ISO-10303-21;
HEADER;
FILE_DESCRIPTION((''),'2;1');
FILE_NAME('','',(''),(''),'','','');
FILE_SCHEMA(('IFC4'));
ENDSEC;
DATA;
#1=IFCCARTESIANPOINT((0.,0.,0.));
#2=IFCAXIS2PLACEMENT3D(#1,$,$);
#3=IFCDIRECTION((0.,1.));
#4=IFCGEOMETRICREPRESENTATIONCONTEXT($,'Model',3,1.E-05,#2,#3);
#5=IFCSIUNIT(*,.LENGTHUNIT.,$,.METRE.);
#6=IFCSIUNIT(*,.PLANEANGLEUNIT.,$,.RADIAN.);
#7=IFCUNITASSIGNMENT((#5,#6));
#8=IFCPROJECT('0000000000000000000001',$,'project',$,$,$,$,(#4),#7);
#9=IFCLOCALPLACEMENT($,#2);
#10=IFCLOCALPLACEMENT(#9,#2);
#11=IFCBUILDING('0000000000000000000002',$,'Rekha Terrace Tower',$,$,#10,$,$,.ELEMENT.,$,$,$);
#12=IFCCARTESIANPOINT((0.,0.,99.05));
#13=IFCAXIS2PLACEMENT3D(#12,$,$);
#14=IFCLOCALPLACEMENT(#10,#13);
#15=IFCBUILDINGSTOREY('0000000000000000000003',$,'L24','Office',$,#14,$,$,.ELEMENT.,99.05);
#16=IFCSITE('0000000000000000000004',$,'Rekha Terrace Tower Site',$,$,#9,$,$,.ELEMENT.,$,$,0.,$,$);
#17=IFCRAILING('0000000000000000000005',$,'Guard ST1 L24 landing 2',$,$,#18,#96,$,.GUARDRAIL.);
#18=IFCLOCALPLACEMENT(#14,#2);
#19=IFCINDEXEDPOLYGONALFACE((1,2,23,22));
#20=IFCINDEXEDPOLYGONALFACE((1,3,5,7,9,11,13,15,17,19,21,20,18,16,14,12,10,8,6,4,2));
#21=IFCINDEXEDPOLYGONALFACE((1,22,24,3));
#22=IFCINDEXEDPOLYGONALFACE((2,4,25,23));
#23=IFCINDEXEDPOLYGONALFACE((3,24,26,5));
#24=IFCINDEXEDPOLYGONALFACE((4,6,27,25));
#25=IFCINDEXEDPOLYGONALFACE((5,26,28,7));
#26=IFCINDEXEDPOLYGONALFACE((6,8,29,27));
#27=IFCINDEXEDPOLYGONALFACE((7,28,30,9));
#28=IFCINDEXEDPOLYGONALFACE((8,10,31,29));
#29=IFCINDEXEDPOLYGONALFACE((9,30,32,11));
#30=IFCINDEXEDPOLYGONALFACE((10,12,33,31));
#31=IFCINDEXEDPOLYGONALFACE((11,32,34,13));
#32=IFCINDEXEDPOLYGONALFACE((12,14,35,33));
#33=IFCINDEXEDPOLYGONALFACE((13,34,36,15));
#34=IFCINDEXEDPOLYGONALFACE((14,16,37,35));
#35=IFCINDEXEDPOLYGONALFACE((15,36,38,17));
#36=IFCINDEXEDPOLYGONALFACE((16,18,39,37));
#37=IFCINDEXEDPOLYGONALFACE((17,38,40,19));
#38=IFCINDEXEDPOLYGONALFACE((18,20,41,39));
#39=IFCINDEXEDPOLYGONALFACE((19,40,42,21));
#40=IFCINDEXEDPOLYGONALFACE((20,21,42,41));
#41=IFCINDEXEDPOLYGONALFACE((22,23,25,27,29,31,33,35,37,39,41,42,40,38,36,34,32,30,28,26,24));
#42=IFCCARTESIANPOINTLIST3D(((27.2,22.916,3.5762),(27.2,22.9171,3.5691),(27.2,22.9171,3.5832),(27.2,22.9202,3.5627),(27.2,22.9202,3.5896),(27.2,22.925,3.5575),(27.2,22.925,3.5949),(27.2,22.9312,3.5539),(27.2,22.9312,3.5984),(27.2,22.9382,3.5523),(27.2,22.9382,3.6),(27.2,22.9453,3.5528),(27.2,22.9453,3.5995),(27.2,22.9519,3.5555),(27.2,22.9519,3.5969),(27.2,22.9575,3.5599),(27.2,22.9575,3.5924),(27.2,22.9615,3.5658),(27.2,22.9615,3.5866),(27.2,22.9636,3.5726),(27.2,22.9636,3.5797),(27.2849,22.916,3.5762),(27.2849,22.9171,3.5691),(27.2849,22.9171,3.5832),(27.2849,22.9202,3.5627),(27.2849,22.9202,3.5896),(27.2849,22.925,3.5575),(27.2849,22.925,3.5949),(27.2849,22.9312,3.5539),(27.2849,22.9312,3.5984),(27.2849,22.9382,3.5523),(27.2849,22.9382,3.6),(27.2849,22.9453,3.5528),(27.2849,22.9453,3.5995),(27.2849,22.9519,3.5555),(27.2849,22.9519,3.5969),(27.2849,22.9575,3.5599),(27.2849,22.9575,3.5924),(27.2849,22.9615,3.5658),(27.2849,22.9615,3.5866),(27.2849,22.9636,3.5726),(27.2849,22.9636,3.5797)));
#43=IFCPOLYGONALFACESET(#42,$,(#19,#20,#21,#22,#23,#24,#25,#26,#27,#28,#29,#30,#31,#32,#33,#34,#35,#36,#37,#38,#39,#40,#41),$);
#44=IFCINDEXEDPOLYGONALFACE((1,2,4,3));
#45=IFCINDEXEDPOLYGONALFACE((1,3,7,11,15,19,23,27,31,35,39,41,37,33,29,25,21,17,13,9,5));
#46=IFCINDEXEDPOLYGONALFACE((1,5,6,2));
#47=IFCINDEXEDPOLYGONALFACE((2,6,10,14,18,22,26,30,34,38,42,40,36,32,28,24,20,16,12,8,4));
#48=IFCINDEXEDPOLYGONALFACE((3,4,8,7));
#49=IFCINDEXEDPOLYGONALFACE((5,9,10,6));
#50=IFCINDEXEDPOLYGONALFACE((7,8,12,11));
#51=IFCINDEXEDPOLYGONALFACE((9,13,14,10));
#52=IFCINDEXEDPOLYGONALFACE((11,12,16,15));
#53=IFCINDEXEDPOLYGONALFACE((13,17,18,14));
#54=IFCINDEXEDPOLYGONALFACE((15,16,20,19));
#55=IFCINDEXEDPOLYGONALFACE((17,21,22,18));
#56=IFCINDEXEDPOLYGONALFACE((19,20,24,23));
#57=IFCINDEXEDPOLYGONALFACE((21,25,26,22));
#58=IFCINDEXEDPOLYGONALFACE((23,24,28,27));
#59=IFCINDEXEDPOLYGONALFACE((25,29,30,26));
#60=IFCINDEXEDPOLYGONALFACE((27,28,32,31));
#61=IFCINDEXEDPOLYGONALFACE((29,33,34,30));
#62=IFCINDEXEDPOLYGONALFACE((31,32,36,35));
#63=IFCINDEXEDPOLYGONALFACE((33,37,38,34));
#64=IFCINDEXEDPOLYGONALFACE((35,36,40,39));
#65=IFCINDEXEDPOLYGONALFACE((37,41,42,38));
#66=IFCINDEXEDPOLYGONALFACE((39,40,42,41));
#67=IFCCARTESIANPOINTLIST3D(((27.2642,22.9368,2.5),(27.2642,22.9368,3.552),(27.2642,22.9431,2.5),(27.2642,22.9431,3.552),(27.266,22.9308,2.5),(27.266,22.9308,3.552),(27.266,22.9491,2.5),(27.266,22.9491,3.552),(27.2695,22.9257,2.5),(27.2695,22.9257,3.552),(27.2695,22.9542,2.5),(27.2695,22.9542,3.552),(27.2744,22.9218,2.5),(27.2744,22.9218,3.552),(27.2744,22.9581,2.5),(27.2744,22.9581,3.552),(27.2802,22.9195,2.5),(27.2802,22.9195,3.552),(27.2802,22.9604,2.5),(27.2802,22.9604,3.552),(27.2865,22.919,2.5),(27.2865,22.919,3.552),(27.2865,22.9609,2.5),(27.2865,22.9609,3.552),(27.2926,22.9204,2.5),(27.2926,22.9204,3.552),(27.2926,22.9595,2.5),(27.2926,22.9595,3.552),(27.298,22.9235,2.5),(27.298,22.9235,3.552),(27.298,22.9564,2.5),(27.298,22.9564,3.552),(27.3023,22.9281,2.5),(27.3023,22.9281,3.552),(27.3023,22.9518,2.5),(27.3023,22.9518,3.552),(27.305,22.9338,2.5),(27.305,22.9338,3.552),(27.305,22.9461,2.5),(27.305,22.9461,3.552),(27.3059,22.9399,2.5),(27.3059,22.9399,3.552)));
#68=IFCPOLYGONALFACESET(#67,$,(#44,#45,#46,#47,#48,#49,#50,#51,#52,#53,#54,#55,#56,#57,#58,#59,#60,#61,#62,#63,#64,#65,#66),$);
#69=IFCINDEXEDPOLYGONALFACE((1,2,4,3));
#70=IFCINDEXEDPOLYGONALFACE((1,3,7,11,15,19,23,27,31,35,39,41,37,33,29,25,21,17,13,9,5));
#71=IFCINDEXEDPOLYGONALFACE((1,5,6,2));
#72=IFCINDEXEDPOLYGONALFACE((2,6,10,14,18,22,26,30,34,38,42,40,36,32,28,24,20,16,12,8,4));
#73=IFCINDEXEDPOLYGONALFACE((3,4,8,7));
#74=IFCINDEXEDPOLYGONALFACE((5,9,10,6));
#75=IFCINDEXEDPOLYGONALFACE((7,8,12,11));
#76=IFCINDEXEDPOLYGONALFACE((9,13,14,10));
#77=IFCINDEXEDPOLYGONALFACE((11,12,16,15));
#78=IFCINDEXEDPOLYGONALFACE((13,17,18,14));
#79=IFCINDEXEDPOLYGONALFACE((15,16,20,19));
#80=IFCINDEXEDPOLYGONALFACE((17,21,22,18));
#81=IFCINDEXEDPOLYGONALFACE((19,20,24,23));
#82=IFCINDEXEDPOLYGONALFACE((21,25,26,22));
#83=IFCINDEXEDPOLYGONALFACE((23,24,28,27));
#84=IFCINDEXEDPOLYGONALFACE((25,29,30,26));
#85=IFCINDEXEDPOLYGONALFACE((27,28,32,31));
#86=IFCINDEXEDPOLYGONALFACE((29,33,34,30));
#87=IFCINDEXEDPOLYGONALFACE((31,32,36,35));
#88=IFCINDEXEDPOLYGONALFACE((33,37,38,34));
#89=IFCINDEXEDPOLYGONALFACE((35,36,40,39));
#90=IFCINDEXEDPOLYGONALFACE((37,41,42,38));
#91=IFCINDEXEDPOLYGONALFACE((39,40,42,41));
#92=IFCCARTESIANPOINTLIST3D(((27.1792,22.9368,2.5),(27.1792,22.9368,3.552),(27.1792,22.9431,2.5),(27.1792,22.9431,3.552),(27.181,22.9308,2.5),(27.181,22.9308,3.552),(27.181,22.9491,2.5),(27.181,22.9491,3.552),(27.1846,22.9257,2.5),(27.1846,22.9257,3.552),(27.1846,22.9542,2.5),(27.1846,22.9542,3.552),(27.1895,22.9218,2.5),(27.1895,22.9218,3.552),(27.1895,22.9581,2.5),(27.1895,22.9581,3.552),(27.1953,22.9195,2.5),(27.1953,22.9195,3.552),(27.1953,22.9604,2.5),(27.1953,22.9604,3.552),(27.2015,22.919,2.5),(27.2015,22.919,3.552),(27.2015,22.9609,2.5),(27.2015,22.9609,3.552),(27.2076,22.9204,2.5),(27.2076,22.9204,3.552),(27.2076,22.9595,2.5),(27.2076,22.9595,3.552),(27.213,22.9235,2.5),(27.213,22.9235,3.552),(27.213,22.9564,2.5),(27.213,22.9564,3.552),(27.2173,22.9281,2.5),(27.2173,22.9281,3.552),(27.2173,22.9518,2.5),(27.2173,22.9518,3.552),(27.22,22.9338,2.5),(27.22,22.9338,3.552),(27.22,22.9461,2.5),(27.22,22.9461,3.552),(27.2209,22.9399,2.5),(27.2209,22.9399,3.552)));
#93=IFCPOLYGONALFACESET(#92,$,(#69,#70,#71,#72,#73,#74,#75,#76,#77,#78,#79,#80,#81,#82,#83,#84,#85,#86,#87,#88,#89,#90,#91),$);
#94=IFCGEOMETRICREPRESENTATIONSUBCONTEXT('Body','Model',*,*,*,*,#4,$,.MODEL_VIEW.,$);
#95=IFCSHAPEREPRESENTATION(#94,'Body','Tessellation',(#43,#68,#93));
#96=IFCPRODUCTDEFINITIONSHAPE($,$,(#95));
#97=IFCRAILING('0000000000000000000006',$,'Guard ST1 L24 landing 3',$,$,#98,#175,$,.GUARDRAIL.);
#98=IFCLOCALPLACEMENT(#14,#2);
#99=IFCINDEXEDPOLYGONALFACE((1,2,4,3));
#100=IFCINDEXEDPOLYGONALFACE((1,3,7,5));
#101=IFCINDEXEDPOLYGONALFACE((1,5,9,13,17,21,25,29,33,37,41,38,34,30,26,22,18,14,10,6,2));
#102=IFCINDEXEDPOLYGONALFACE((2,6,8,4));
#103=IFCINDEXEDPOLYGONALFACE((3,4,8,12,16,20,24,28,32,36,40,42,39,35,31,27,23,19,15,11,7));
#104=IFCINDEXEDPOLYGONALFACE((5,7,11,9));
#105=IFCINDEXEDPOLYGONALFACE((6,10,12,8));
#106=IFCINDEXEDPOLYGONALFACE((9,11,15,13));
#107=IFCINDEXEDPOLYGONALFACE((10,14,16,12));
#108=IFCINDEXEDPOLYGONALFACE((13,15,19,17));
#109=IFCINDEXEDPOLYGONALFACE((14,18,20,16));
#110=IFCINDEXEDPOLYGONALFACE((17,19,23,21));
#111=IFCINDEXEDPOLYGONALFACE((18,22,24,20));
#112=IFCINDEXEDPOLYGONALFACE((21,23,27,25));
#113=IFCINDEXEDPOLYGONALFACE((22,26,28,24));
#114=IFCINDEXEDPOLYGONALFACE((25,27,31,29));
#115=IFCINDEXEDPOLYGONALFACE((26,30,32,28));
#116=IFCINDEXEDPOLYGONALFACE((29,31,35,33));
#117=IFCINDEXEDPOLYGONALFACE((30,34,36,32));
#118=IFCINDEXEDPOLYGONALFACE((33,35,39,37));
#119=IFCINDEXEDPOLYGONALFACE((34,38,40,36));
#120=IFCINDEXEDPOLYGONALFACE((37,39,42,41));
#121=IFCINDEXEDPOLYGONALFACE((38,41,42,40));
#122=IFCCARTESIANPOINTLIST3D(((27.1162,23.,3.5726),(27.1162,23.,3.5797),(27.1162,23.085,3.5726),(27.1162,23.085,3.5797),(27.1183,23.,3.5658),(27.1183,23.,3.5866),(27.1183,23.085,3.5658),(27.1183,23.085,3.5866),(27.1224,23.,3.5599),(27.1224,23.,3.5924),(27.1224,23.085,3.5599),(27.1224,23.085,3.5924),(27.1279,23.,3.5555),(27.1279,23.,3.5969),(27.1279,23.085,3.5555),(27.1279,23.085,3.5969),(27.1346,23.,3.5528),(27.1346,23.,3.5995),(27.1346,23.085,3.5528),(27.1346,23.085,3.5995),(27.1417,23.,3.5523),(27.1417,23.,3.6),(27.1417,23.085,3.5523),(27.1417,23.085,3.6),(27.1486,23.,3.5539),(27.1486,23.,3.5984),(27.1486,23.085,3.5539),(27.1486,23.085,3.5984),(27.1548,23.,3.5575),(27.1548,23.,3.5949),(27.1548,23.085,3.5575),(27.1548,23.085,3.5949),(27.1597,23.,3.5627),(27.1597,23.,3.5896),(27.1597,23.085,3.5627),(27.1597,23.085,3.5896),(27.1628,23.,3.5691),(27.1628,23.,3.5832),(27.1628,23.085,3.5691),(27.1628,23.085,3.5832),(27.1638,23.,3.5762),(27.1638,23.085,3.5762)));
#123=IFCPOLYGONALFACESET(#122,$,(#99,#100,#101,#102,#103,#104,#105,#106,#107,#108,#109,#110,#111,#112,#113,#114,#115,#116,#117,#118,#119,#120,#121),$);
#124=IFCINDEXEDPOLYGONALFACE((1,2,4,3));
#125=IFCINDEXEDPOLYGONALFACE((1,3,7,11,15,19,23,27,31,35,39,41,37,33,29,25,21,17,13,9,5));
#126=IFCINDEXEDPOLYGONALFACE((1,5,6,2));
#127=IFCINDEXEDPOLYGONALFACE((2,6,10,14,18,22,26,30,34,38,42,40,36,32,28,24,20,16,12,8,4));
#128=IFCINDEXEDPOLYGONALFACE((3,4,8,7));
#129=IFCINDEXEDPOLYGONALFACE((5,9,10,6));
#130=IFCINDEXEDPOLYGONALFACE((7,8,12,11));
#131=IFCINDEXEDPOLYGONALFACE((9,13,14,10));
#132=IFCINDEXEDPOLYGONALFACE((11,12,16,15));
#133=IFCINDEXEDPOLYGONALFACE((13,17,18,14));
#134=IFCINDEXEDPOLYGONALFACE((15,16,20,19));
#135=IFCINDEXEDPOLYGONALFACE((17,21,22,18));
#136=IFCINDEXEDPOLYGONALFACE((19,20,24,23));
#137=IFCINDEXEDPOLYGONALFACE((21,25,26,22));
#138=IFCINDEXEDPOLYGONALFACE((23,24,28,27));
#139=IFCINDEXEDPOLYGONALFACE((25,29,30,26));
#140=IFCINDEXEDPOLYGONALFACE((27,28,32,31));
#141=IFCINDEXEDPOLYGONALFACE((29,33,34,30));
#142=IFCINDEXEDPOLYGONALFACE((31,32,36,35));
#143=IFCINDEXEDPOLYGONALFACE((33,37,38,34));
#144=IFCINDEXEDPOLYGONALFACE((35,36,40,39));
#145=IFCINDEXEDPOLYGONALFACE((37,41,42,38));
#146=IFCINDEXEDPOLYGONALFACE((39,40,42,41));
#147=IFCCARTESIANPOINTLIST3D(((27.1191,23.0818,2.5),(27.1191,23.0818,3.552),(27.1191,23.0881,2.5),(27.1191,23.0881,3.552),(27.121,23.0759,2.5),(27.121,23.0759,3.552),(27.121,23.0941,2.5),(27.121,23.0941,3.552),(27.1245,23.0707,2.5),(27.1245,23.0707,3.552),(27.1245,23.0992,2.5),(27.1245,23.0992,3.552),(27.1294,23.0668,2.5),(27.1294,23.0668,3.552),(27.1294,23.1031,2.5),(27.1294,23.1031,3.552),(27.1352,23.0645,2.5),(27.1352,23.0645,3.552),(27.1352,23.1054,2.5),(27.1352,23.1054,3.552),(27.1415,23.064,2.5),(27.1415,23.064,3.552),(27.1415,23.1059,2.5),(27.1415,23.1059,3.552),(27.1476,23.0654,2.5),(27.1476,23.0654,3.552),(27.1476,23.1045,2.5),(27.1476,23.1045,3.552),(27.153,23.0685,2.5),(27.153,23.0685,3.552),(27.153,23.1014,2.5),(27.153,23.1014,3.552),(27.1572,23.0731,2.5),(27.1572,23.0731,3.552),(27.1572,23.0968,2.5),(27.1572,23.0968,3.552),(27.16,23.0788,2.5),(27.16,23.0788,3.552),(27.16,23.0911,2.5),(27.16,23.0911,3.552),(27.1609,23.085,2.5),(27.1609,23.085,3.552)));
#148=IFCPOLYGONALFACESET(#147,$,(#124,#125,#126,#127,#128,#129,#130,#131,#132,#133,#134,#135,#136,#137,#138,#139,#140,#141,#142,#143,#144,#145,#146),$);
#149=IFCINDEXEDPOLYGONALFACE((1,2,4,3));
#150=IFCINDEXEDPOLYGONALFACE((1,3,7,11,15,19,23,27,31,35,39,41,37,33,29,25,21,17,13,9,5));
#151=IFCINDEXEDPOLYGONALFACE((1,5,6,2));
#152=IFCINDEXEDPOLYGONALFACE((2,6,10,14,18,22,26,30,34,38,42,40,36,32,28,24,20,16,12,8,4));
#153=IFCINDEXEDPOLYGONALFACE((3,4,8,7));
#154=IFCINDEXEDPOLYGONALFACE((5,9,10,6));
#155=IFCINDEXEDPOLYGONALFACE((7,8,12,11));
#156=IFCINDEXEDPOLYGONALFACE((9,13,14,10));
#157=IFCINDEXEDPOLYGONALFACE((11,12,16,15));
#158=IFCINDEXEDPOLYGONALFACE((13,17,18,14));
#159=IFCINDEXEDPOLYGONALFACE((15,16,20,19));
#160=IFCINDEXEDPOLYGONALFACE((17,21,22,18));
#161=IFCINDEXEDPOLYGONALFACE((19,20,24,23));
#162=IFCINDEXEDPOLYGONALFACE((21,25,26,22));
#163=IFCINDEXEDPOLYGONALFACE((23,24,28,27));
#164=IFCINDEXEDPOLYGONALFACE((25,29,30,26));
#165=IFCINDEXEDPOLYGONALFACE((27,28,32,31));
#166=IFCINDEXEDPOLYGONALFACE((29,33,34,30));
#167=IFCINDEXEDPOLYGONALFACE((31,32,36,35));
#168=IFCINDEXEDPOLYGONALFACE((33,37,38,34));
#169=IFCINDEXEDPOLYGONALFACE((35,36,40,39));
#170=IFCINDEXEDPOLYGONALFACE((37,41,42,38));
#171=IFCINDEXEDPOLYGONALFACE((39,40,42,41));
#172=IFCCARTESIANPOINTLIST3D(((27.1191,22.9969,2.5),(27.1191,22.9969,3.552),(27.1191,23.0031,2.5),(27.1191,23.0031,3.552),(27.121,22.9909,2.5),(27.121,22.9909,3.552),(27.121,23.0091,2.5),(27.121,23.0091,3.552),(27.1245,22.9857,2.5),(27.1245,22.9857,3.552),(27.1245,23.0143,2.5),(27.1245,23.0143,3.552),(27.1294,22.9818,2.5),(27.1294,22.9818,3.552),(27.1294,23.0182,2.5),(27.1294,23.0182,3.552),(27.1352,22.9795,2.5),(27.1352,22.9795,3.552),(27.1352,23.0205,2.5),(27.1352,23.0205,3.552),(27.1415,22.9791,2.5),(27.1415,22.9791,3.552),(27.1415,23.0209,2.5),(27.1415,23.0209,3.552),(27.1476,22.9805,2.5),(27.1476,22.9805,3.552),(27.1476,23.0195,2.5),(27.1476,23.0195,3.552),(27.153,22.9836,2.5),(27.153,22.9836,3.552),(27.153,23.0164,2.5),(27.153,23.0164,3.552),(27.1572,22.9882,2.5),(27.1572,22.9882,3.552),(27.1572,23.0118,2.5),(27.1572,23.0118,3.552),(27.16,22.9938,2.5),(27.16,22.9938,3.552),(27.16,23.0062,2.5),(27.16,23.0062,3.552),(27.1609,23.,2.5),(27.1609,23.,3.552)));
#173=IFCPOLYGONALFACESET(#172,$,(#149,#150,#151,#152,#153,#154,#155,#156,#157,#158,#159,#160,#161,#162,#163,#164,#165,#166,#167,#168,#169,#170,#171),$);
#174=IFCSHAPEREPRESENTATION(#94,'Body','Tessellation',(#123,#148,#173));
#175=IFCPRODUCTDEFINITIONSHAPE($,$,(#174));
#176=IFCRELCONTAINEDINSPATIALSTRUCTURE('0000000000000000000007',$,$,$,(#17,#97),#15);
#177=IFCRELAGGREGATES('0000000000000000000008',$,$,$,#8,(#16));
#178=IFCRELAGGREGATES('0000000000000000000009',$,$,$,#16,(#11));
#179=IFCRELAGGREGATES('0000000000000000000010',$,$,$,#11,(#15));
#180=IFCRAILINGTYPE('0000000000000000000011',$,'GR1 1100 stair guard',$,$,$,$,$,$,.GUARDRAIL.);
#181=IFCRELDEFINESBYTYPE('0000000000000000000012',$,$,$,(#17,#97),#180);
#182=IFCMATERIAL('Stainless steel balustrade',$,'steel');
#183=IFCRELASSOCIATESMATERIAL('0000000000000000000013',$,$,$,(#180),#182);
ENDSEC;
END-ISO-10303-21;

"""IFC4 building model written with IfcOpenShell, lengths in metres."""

from ifc_helpers import new_model, si_unit, direction, frame, origin, origin_2d, place, context, subcontext, project, spatial, circle, extrude, material, type_object, element, save


model = new_model("IFC4")

# Units and contexts
model_context = context("Model", 3, precision=1e-05, world=origin(), true_north=direction((0.0, 1.0)))
body_context = subcontext(model_context, "Body", "Model", "MODEL_VIEW")
ifc_project = project(units=[si_unit("LENGTHUNIT", "METRE"), si_unit("PLANEANGLEUNIT", "RADIAN")], contexts=[model_context])

# Site, building, storey
site_placement = place(None, origin())
site = spatial("IfcSite", under=ifc_project, at=site_placement, Name="Rekha Terrace Tower Site", CompositionType="ELEMENT", RefElevation=0.0)
building_placement = place(site_placement, origin())
building = spatial("IfcBuilding", under=site, at=building_placement, Name="Rekha Terrace Tower", CompositionType="ELEMENT")
storey_placement = place(building_placement, frame((0.0, 0.0, 99.05)))
storey = spatial("IfcBuildingStorey", under=building, at=storey_placement, Name="L24", Description="Office", CompositionType="ELEMENT", Elevation=99.05)

# Railings
ifc_material_1 = material(Name="Stainless steel balustrade", Category="steel")
railing_type_1 = type_object("IfcRailingType", Name="GR1 1100 stair guard", PredefinedType="GUARDRAIL", material=ifc_material_1)
railing_1_placement = place(storey_placement, frame((27.2849, 22.9399, 2.5)))
element("IfcRailing", 1, at=railing_1_placement, inside=storey, type_object=railing_type_1, Name="Guard ST1 L24 landing 2", PredefinedType="GUARDRAIL", context=body_context, shape_type="SweptSolid", body=[
    extrude(circle(Radius=0.0239, at=origin_2d()), frame((0.0, 0.0, 1.0762), z_axis=(-1.0, 0.0, 0.0), x_axis=(0.0, -1.0, 0.0)), (0.0, 0.0, 1.0), 0.085),
    extrude(circle(Radius=0.021, at=origin_2d()), origin(), (0.0, 0.0, 1.0), 1.052),
    extrude(circle(Radius=0.021, at=origin_2d()), frame((-0.085, 0.0, 0.0)), (0.0, 0.0, 1.0), 1.052),
])
railing_2_placement = place(storey_placement, frame((27.1399, 23.085, 2.5)))
element("IfcRailing", 2, at=railing_2_placement, inside=storey, type_object=railing_type_1, Name="Guard ST1 L24 landing 3", PredefinedType="GUARDRAIL", context=body_context, shape_type="SweptSolid", body=[
    extrude(circle(Radius=0.0239, at=origin_2d()), frame((0.0, 0.0, 1.0762), z_axis=(0.0, -1.0, 0.0), x_axis=(1.0, 0.0, 0.0)), (0.0, 0.0, 1.0), 0.085),
    extrude(circle(Radius=0.021, at=origin_2d()), origin(), (0.0, 0.0, 1.0), 1.052),
    extrude(circle(Radius=0.021, at=origin_2d()), frame((0.0, -0.085, 0.0)), (0.0, 0.0, 1.0), 1.052),
])

save(model, "model.ifc")
